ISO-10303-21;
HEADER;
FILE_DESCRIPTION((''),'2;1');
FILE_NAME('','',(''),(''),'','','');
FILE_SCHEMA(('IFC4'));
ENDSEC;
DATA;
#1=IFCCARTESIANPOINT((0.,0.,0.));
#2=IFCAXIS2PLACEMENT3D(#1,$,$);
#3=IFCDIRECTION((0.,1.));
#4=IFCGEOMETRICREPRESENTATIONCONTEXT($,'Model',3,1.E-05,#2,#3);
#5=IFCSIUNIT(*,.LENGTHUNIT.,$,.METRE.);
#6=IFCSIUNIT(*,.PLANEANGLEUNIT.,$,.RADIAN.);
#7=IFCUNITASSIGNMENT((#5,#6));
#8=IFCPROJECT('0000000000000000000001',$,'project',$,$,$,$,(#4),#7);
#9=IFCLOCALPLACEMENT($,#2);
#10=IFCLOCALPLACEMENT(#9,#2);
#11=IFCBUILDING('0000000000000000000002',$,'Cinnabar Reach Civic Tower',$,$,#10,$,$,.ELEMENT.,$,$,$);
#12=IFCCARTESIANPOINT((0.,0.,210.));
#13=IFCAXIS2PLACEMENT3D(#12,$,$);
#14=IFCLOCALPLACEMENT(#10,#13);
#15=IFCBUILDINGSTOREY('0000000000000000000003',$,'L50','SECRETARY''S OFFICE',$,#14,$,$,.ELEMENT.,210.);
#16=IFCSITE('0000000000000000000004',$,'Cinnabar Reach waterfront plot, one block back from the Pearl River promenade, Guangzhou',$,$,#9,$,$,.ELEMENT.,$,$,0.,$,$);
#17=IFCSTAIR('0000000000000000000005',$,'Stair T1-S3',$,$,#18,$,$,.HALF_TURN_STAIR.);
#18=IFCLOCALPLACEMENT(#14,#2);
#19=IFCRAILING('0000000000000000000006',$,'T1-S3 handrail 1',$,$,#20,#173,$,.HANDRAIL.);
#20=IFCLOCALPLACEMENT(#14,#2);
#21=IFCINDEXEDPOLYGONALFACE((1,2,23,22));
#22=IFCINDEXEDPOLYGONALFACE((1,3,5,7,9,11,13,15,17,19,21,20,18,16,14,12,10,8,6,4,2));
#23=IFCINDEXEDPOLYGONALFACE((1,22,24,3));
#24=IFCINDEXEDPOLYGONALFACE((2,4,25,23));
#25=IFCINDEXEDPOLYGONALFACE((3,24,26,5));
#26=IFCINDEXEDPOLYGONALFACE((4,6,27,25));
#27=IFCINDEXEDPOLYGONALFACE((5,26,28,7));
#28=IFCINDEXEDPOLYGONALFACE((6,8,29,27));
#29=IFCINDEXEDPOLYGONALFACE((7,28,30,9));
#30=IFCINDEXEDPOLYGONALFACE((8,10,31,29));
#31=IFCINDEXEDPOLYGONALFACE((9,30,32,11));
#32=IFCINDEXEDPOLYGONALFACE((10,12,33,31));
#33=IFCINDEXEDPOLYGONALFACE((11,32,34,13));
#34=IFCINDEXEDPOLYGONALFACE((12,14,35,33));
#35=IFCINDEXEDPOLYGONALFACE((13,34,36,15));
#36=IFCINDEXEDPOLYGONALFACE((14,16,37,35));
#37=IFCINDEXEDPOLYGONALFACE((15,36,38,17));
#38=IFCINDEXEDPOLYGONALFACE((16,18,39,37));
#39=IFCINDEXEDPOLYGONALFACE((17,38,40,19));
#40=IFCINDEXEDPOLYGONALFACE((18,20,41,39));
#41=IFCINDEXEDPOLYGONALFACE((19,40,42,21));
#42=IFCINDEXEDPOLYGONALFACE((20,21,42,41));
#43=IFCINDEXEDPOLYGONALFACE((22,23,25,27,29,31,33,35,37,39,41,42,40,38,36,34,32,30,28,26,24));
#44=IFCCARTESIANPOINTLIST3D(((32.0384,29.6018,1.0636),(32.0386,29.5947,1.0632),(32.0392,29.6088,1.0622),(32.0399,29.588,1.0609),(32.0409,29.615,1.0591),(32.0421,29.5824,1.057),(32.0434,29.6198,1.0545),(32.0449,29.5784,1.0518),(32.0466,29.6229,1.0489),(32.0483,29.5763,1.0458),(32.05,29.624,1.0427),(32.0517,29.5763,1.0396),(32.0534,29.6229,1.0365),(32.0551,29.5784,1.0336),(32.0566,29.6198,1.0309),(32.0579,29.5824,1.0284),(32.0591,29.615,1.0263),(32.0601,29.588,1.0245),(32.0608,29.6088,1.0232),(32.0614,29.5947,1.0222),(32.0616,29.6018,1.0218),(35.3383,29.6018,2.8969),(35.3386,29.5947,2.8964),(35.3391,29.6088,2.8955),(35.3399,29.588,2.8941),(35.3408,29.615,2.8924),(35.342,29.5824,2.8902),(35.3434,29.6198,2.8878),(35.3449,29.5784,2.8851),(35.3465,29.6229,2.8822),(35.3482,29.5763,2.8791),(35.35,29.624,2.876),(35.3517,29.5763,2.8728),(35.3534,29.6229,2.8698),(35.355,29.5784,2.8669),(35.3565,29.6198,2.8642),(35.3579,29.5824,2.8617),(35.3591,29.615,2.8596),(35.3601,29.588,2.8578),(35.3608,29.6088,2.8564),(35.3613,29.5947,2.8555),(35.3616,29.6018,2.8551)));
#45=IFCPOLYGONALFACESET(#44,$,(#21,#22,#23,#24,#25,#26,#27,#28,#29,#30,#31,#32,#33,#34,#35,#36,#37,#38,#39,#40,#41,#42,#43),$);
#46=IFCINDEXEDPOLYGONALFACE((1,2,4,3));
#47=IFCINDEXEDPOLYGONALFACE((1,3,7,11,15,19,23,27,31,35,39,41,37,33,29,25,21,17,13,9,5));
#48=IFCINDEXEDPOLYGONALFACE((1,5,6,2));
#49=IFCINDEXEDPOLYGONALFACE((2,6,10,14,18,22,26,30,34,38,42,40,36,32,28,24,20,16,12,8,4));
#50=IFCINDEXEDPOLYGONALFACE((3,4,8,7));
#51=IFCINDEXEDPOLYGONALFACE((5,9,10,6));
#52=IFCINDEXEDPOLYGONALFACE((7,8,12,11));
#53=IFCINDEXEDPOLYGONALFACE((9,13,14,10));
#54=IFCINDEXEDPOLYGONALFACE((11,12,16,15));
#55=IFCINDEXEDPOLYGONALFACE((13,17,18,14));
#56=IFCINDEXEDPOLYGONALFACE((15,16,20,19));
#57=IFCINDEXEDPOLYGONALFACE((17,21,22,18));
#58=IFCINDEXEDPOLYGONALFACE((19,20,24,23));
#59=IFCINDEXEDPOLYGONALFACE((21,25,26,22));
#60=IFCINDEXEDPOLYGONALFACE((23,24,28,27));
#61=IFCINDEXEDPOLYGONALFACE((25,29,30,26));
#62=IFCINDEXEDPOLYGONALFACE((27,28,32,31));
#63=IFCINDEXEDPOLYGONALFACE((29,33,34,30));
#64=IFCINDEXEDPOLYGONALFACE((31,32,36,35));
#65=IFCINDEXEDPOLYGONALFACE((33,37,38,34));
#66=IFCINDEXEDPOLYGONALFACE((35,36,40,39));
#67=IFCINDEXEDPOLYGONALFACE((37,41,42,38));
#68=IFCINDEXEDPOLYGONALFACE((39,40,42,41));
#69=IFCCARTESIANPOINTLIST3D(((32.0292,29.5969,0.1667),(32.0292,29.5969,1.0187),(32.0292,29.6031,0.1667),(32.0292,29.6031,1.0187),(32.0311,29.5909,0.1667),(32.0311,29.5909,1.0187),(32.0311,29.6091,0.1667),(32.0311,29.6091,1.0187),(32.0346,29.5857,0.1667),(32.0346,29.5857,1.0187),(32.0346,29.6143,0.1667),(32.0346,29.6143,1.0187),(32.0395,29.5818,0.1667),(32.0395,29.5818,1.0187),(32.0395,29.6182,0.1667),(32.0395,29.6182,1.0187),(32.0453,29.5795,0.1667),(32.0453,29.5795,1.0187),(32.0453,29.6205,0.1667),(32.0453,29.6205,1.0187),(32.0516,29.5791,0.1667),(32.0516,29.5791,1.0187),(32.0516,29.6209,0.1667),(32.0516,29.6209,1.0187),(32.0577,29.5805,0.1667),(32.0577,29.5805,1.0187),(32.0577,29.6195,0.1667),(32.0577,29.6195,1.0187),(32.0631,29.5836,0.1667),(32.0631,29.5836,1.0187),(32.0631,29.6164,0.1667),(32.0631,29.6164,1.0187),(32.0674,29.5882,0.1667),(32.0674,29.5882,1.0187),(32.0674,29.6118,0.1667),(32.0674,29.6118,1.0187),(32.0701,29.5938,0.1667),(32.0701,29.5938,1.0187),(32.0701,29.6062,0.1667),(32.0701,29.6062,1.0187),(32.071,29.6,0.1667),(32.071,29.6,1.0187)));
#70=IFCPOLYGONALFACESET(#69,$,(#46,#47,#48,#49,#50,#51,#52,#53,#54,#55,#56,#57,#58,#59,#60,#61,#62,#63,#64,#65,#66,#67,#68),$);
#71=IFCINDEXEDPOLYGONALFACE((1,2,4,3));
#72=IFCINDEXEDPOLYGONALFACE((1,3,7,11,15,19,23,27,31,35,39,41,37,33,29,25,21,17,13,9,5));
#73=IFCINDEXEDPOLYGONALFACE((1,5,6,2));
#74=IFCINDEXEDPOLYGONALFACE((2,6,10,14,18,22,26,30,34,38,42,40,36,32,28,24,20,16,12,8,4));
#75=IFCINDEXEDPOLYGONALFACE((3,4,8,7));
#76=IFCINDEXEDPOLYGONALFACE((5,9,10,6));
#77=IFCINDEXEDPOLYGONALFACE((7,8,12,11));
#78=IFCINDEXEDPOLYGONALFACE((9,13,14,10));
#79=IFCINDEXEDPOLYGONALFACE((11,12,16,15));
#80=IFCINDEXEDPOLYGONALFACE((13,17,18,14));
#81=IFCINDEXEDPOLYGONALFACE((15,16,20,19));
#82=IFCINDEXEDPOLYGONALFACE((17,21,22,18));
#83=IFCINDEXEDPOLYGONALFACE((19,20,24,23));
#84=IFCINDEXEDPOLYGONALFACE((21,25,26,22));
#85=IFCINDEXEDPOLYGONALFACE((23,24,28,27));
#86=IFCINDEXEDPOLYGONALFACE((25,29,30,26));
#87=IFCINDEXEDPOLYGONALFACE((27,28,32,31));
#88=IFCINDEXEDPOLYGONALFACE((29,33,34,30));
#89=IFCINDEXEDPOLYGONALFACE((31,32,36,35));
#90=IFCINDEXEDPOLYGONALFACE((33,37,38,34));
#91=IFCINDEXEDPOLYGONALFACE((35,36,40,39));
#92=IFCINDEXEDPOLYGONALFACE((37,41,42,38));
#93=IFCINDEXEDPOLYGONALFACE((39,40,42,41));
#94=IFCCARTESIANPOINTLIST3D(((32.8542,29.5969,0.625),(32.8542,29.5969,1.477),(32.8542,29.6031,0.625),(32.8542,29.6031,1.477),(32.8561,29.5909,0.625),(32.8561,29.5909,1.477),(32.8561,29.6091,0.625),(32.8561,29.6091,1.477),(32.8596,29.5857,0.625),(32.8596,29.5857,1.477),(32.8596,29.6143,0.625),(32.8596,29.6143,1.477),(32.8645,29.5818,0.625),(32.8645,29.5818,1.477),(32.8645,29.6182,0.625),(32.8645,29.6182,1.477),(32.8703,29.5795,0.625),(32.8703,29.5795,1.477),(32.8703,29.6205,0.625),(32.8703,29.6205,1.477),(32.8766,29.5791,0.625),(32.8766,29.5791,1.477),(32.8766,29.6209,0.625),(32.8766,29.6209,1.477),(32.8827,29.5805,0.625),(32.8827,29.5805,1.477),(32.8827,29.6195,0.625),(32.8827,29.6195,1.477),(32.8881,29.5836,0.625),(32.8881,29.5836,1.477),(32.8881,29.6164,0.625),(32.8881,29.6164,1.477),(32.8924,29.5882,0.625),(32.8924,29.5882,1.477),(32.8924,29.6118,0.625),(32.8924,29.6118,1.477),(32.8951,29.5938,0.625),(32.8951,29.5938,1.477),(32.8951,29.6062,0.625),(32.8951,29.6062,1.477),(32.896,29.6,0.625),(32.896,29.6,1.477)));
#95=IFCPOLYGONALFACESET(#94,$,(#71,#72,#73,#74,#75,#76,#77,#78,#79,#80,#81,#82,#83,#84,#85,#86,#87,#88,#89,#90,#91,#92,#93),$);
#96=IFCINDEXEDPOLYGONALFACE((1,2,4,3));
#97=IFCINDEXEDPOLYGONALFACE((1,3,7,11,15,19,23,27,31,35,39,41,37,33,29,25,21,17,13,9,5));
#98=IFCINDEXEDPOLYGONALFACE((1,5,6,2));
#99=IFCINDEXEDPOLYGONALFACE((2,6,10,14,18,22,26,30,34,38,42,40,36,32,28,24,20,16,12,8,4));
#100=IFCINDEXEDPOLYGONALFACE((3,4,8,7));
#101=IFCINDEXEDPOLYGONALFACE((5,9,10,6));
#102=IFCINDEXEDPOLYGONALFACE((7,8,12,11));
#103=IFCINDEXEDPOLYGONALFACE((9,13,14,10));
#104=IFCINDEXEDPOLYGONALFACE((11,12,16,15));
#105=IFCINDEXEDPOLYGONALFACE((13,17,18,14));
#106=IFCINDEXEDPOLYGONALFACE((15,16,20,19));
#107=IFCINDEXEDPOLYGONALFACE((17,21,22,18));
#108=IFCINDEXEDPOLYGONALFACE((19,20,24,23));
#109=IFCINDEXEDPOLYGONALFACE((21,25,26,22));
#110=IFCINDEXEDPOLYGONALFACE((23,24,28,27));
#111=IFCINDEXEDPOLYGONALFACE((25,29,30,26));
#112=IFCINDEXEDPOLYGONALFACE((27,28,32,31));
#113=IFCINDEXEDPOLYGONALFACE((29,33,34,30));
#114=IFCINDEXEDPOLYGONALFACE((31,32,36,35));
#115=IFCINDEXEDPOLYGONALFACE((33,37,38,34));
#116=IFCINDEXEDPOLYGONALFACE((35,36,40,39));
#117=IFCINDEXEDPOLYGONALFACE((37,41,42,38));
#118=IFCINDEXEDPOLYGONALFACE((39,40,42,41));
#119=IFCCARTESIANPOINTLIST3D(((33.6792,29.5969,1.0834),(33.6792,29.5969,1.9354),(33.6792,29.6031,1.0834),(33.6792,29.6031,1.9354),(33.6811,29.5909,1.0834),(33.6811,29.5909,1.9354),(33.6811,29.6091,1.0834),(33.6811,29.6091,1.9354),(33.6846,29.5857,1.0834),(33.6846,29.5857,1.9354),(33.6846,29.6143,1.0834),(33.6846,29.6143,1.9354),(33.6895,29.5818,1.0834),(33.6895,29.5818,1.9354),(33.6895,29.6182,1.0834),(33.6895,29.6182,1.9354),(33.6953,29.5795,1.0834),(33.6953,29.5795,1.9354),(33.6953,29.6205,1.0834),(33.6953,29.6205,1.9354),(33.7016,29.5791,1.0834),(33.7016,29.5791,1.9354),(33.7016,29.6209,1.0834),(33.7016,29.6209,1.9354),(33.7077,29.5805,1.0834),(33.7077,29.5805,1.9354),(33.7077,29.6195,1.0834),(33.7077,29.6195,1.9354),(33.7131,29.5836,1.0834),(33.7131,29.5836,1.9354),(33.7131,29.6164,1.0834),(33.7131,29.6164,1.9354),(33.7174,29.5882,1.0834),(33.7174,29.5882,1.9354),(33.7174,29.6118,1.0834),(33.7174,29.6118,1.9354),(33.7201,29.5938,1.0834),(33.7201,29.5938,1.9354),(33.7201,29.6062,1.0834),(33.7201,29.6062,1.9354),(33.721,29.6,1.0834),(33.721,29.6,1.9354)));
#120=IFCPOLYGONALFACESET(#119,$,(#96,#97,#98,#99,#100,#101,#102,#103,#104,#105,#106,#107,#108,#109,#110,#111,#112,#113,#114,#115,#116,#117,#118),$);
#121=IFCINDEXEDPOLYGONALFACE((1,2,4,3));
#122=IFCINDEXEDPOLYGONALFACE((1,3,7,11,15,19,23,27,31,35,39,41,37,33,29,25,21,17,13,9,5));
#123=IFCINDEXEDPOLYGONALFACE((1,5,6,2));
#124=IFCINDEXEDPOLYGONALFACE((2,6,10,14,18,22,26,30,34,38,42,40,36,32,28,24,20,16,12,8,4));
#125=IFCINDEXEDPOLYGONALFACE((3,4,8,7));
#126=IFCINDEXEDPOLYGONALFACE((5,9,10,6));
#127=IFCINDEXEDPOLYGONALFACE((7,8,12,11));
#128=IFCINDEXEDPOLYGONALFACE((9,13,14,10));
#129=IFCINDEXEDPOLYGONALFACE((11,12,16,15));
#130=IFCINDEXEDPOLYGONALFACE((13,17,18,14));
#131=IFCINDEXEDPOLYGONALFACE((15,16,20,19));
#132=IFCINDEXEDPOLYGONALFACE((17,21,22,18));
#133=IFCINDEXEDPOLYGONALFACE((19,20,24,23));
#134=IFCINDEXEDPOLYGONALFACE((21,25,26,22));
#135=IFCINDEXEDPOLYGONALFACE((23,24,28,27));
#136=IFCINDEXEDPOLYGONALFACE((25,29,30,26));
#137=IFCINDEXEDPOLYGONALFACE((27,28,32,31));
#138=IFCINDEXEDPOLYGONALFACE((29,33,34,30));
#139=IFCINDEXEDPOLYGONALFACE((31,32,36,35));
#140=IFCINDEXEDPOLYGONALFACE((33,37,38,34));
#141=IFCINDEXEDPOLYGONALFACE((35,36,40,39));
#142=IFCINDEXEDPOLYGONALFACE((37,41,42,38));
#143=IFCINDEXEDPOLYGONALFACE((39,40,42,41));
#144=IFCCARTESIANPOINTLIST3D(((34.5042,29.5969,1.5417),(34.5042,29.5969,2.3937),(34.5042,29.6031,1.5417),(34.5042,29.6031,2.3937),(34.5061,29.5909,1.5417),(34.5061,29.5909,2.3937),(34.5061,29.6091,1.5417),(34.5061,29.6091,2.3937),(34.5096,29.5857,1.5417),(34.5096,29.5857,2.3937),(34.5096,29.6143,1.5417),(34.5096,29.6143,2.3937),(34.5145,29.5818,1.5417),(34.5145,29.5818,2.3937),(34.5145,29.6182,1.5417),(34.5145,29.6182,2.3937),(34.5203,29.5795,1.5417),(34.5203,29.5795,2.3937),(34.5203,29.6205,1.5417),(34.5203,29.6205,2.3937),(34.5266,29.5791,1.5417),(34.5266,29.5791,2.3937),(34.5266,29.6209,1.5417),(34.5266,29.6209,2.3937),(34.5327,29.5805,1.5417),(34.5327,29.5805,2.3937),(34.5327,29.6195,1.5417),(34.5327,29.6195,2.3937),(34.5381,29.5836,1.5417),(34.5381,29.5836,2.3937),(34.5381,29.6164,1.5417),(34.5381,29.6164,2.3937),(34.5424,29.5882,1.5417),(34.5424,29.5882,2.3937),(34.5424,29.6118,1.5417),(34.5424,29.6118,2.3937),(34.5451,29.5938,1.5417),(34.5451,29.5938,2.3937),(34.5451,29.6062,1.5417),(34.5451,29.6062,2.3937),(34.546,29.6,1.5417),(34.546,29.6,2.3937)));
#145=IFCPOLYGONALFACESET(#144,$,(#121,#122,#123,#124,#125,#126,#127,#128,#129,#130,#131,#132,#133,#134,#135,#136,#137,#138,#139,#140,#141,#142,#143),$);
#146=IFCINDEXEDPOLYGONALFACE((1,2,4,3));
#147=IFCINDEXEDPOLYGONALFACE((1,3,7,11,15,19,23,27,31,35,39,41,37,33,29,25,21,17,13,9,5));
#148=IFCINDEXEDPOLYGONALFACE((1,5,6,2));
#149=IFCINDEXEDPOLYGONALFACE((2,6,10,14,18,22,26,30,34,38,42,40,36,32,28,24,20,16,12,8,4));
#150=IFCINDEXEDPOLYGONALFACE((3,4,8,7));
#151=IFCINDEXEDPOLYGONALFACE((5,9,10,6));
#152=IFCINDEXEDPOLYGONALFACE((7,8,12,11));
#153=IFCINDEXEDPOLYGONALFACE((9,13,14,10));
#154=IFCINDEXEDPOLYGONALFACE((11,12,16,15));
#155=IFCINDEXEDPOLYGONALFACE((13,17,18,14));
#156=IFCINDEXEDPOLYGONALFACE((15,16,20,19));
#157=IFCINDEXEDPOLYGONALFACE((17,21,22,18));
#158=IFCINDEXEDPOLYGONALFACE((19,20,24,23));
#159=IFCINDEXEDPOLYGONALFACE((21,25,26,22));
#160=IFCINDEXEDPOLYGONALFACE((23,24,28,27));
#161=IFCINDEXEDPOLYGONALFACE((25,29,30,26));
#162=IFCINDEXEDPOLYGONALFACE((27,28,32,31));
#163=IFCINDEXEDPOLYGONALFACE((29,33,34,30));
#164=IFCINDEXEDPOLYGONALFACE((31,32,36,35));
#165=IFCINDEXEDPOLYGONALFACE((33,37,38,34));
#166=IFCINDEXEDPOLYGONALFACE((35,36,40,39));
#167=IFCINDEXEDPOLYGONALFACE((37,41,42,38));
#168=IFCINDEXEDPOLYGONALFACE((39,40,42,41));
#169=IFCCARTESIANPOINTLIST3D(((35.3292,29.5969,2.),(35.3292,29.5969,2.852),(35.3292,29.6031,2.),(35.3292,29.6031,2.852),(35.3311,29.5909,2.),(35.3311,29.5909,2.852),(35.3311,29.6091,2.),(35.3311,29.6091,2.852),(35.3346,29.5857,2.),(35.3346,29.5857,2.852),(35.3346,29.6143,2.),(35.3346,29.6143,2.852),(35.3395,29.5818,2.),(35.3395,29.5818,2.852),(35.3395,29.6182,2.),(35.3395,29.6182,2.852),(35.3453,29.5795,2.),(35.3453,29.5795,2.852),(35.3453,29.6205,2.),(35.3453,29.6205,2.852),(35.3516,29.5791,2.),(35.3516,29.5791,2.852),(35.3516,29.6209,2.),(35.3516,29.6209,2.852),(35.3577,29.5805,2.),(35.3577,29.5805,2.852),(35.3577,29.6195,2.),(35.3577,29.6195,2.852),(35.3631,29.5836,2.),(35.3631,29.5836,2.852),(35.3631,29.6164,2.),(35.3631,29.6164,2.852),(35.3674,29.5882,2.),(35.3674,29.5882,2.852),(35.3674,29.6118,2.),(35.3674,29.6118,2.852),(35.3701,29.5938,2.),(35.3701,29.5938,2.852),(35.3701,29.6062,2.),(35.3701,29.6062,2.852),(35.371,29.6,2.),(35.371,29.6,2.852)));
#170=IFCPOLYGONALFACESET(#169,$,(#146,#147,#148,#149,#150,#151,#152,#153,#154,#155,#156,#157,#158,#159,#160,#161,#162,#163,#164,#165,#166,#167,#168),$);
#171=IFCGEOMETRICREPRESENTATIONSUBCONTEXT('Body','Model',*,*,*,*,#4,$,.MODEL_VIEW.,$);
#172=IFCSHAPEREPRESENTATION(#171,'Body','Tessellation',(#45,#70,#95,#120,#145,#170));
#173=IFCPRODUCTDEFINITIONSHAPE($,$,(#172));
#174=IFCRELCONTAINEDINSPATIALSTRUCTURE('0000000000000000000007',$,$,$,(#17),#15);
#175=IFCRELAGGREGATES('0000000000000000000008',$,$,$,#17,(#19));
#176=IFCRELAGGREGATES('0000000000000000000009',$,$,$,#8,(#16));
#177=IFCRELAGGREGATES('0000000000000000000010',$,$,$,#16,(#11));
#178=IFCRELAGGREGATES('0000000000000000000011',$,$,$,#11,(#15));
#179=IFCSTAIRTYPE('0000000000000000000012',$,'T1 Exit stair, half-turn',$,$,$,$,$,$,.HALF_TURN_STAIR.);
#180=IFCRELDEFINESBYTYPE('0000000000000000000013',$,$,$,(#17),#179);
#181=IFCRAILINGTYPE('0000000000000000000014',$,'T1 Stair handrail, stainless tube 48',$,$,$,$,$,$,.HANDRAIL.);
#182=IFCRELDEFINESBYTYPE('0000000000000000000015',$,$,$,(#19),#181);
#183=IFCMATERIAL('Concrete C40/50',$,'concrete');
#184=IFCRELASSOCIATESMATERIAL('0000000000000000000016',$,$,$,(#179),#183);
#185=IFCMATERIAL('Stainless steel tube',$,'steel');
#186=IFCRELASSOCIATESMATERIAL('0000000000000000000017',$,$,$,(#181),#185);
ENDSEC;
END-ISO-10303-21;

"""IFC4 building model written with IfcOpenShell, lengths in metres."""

from ifc_helpers import new_model, si_unit, direction, frame, origin, origin_2d, place, context, subcontext, project, spatial, circle, extrude, material, type_object, element, aggregate, save


model = new_model("IFC4")

# Units and contexts
model_context = context("Model", 3, precision=1e-05, world=origin(), true_north=direction((0.0, 1.0)))
body_context = subcontext(model_context, "Body", "Model", "MODEL_VIEW")
ifc_project = project(units=[si_unit("LENGTHUNIT", "METRE"), si_unit("PLANEANGLEUNIT", "RADIAN")], contexts=[model_context])

# Site, building, storey
site_placement = place(None, origin())
site = spatial("IfcSite", under=ifc_project, at=site_placement, Name="Cinnabar Reach waterfront plot, one block back from the Pearl River promenade, Guangzhou", CompositionType="ELEMENT", RefElevation=0.0)
building_placement = place(site_placement, origin())
building = spatial("IfcBuilding", under=site, at=building_placement, Name="Cinnabar Reach Civic Tower", CompositionType="ELEMENT")
storey_placement = place(building_placement, frame((0.0, 0.0, 210.0)))
storey = spatial("IfcBuildingStorey", under=building, at=storey_placement, Name="L50", Description="SECRETARY'S OFFICE", CompositionType="ELEMENT", Elevation=210.0)

# Stair, railing
ifc_material_1 = material(Name="Concrete C40/50", Category="concrete")
stair_type = type_object("IfcStairType", Name="T1 Exit stair, half-turn", PredefinedType="HALF_TURN_STAIR", material=ifc_material_1)
stair_placement = place(storey_placement, origin())
stair = element("IfcStair", 1, at=stair_placement, inside=storey, type_object=stair_type, Name="Stair T1-S3", PredefinedType="HALF_TURN_STAIR")
ifc_material_2 = material(Name="Stainless steel tube", Category="steel")
railing_type = type_object("IfcRailingType", Name="T1 Stair handrail, stainless tube 48", PredefinedType="HANDRAIL", material=ifc_material_2)
railing_placement = place(storey_placement, frame((32.05, 29.6, 0.1667)))
railing = element("IfcRailing", 2, at=railing_placement, type_object=railing_type, Name="T1-S3 handrail 1", PredefinedType="HANDRAIL", context=body_context, shape_type="SweptSolid", body=[
    extrude(circle(Radius=0.024, at=origin_2d()), frame((0.0, 0.0, 0.876), z_axis=(0.874161, 0.0, 0.485636), x_axis=(0.0, 1.0, 0.0)), (0.0, 0.0, 1.0), 3.775),
    extrude(circle(Radius=0.021, at=origin_2d()), origin(), (0.0, 0.0, 1.0), 0.852),
    extrude(circle(Radius=0.021, at=origin_2d()), frame((0.825, 0.0, 0.4583)), (0.0, 0.0, 1.0), 0.852),
    extrude(circle(Radius=0.021, at=origin_2d()), frame((1.65, 0.0, 0.9167)), (0.0, 0.0, 1.0), 0.852),
    extrude(circle(Radius=0.021, at=origin_2d()), frame((2.475, 0.0, 1.375)), (0.0, 0.0, 1.0), 0.852),
    extrude(circle(Radius=0.021, at=origin_2d()), frame((3.3, 0.0, 1.8333)), (0.0, 0.0, 1.0), 0.852),
])
aggregate(stair, [railing])

save(model, "model.ifc")
